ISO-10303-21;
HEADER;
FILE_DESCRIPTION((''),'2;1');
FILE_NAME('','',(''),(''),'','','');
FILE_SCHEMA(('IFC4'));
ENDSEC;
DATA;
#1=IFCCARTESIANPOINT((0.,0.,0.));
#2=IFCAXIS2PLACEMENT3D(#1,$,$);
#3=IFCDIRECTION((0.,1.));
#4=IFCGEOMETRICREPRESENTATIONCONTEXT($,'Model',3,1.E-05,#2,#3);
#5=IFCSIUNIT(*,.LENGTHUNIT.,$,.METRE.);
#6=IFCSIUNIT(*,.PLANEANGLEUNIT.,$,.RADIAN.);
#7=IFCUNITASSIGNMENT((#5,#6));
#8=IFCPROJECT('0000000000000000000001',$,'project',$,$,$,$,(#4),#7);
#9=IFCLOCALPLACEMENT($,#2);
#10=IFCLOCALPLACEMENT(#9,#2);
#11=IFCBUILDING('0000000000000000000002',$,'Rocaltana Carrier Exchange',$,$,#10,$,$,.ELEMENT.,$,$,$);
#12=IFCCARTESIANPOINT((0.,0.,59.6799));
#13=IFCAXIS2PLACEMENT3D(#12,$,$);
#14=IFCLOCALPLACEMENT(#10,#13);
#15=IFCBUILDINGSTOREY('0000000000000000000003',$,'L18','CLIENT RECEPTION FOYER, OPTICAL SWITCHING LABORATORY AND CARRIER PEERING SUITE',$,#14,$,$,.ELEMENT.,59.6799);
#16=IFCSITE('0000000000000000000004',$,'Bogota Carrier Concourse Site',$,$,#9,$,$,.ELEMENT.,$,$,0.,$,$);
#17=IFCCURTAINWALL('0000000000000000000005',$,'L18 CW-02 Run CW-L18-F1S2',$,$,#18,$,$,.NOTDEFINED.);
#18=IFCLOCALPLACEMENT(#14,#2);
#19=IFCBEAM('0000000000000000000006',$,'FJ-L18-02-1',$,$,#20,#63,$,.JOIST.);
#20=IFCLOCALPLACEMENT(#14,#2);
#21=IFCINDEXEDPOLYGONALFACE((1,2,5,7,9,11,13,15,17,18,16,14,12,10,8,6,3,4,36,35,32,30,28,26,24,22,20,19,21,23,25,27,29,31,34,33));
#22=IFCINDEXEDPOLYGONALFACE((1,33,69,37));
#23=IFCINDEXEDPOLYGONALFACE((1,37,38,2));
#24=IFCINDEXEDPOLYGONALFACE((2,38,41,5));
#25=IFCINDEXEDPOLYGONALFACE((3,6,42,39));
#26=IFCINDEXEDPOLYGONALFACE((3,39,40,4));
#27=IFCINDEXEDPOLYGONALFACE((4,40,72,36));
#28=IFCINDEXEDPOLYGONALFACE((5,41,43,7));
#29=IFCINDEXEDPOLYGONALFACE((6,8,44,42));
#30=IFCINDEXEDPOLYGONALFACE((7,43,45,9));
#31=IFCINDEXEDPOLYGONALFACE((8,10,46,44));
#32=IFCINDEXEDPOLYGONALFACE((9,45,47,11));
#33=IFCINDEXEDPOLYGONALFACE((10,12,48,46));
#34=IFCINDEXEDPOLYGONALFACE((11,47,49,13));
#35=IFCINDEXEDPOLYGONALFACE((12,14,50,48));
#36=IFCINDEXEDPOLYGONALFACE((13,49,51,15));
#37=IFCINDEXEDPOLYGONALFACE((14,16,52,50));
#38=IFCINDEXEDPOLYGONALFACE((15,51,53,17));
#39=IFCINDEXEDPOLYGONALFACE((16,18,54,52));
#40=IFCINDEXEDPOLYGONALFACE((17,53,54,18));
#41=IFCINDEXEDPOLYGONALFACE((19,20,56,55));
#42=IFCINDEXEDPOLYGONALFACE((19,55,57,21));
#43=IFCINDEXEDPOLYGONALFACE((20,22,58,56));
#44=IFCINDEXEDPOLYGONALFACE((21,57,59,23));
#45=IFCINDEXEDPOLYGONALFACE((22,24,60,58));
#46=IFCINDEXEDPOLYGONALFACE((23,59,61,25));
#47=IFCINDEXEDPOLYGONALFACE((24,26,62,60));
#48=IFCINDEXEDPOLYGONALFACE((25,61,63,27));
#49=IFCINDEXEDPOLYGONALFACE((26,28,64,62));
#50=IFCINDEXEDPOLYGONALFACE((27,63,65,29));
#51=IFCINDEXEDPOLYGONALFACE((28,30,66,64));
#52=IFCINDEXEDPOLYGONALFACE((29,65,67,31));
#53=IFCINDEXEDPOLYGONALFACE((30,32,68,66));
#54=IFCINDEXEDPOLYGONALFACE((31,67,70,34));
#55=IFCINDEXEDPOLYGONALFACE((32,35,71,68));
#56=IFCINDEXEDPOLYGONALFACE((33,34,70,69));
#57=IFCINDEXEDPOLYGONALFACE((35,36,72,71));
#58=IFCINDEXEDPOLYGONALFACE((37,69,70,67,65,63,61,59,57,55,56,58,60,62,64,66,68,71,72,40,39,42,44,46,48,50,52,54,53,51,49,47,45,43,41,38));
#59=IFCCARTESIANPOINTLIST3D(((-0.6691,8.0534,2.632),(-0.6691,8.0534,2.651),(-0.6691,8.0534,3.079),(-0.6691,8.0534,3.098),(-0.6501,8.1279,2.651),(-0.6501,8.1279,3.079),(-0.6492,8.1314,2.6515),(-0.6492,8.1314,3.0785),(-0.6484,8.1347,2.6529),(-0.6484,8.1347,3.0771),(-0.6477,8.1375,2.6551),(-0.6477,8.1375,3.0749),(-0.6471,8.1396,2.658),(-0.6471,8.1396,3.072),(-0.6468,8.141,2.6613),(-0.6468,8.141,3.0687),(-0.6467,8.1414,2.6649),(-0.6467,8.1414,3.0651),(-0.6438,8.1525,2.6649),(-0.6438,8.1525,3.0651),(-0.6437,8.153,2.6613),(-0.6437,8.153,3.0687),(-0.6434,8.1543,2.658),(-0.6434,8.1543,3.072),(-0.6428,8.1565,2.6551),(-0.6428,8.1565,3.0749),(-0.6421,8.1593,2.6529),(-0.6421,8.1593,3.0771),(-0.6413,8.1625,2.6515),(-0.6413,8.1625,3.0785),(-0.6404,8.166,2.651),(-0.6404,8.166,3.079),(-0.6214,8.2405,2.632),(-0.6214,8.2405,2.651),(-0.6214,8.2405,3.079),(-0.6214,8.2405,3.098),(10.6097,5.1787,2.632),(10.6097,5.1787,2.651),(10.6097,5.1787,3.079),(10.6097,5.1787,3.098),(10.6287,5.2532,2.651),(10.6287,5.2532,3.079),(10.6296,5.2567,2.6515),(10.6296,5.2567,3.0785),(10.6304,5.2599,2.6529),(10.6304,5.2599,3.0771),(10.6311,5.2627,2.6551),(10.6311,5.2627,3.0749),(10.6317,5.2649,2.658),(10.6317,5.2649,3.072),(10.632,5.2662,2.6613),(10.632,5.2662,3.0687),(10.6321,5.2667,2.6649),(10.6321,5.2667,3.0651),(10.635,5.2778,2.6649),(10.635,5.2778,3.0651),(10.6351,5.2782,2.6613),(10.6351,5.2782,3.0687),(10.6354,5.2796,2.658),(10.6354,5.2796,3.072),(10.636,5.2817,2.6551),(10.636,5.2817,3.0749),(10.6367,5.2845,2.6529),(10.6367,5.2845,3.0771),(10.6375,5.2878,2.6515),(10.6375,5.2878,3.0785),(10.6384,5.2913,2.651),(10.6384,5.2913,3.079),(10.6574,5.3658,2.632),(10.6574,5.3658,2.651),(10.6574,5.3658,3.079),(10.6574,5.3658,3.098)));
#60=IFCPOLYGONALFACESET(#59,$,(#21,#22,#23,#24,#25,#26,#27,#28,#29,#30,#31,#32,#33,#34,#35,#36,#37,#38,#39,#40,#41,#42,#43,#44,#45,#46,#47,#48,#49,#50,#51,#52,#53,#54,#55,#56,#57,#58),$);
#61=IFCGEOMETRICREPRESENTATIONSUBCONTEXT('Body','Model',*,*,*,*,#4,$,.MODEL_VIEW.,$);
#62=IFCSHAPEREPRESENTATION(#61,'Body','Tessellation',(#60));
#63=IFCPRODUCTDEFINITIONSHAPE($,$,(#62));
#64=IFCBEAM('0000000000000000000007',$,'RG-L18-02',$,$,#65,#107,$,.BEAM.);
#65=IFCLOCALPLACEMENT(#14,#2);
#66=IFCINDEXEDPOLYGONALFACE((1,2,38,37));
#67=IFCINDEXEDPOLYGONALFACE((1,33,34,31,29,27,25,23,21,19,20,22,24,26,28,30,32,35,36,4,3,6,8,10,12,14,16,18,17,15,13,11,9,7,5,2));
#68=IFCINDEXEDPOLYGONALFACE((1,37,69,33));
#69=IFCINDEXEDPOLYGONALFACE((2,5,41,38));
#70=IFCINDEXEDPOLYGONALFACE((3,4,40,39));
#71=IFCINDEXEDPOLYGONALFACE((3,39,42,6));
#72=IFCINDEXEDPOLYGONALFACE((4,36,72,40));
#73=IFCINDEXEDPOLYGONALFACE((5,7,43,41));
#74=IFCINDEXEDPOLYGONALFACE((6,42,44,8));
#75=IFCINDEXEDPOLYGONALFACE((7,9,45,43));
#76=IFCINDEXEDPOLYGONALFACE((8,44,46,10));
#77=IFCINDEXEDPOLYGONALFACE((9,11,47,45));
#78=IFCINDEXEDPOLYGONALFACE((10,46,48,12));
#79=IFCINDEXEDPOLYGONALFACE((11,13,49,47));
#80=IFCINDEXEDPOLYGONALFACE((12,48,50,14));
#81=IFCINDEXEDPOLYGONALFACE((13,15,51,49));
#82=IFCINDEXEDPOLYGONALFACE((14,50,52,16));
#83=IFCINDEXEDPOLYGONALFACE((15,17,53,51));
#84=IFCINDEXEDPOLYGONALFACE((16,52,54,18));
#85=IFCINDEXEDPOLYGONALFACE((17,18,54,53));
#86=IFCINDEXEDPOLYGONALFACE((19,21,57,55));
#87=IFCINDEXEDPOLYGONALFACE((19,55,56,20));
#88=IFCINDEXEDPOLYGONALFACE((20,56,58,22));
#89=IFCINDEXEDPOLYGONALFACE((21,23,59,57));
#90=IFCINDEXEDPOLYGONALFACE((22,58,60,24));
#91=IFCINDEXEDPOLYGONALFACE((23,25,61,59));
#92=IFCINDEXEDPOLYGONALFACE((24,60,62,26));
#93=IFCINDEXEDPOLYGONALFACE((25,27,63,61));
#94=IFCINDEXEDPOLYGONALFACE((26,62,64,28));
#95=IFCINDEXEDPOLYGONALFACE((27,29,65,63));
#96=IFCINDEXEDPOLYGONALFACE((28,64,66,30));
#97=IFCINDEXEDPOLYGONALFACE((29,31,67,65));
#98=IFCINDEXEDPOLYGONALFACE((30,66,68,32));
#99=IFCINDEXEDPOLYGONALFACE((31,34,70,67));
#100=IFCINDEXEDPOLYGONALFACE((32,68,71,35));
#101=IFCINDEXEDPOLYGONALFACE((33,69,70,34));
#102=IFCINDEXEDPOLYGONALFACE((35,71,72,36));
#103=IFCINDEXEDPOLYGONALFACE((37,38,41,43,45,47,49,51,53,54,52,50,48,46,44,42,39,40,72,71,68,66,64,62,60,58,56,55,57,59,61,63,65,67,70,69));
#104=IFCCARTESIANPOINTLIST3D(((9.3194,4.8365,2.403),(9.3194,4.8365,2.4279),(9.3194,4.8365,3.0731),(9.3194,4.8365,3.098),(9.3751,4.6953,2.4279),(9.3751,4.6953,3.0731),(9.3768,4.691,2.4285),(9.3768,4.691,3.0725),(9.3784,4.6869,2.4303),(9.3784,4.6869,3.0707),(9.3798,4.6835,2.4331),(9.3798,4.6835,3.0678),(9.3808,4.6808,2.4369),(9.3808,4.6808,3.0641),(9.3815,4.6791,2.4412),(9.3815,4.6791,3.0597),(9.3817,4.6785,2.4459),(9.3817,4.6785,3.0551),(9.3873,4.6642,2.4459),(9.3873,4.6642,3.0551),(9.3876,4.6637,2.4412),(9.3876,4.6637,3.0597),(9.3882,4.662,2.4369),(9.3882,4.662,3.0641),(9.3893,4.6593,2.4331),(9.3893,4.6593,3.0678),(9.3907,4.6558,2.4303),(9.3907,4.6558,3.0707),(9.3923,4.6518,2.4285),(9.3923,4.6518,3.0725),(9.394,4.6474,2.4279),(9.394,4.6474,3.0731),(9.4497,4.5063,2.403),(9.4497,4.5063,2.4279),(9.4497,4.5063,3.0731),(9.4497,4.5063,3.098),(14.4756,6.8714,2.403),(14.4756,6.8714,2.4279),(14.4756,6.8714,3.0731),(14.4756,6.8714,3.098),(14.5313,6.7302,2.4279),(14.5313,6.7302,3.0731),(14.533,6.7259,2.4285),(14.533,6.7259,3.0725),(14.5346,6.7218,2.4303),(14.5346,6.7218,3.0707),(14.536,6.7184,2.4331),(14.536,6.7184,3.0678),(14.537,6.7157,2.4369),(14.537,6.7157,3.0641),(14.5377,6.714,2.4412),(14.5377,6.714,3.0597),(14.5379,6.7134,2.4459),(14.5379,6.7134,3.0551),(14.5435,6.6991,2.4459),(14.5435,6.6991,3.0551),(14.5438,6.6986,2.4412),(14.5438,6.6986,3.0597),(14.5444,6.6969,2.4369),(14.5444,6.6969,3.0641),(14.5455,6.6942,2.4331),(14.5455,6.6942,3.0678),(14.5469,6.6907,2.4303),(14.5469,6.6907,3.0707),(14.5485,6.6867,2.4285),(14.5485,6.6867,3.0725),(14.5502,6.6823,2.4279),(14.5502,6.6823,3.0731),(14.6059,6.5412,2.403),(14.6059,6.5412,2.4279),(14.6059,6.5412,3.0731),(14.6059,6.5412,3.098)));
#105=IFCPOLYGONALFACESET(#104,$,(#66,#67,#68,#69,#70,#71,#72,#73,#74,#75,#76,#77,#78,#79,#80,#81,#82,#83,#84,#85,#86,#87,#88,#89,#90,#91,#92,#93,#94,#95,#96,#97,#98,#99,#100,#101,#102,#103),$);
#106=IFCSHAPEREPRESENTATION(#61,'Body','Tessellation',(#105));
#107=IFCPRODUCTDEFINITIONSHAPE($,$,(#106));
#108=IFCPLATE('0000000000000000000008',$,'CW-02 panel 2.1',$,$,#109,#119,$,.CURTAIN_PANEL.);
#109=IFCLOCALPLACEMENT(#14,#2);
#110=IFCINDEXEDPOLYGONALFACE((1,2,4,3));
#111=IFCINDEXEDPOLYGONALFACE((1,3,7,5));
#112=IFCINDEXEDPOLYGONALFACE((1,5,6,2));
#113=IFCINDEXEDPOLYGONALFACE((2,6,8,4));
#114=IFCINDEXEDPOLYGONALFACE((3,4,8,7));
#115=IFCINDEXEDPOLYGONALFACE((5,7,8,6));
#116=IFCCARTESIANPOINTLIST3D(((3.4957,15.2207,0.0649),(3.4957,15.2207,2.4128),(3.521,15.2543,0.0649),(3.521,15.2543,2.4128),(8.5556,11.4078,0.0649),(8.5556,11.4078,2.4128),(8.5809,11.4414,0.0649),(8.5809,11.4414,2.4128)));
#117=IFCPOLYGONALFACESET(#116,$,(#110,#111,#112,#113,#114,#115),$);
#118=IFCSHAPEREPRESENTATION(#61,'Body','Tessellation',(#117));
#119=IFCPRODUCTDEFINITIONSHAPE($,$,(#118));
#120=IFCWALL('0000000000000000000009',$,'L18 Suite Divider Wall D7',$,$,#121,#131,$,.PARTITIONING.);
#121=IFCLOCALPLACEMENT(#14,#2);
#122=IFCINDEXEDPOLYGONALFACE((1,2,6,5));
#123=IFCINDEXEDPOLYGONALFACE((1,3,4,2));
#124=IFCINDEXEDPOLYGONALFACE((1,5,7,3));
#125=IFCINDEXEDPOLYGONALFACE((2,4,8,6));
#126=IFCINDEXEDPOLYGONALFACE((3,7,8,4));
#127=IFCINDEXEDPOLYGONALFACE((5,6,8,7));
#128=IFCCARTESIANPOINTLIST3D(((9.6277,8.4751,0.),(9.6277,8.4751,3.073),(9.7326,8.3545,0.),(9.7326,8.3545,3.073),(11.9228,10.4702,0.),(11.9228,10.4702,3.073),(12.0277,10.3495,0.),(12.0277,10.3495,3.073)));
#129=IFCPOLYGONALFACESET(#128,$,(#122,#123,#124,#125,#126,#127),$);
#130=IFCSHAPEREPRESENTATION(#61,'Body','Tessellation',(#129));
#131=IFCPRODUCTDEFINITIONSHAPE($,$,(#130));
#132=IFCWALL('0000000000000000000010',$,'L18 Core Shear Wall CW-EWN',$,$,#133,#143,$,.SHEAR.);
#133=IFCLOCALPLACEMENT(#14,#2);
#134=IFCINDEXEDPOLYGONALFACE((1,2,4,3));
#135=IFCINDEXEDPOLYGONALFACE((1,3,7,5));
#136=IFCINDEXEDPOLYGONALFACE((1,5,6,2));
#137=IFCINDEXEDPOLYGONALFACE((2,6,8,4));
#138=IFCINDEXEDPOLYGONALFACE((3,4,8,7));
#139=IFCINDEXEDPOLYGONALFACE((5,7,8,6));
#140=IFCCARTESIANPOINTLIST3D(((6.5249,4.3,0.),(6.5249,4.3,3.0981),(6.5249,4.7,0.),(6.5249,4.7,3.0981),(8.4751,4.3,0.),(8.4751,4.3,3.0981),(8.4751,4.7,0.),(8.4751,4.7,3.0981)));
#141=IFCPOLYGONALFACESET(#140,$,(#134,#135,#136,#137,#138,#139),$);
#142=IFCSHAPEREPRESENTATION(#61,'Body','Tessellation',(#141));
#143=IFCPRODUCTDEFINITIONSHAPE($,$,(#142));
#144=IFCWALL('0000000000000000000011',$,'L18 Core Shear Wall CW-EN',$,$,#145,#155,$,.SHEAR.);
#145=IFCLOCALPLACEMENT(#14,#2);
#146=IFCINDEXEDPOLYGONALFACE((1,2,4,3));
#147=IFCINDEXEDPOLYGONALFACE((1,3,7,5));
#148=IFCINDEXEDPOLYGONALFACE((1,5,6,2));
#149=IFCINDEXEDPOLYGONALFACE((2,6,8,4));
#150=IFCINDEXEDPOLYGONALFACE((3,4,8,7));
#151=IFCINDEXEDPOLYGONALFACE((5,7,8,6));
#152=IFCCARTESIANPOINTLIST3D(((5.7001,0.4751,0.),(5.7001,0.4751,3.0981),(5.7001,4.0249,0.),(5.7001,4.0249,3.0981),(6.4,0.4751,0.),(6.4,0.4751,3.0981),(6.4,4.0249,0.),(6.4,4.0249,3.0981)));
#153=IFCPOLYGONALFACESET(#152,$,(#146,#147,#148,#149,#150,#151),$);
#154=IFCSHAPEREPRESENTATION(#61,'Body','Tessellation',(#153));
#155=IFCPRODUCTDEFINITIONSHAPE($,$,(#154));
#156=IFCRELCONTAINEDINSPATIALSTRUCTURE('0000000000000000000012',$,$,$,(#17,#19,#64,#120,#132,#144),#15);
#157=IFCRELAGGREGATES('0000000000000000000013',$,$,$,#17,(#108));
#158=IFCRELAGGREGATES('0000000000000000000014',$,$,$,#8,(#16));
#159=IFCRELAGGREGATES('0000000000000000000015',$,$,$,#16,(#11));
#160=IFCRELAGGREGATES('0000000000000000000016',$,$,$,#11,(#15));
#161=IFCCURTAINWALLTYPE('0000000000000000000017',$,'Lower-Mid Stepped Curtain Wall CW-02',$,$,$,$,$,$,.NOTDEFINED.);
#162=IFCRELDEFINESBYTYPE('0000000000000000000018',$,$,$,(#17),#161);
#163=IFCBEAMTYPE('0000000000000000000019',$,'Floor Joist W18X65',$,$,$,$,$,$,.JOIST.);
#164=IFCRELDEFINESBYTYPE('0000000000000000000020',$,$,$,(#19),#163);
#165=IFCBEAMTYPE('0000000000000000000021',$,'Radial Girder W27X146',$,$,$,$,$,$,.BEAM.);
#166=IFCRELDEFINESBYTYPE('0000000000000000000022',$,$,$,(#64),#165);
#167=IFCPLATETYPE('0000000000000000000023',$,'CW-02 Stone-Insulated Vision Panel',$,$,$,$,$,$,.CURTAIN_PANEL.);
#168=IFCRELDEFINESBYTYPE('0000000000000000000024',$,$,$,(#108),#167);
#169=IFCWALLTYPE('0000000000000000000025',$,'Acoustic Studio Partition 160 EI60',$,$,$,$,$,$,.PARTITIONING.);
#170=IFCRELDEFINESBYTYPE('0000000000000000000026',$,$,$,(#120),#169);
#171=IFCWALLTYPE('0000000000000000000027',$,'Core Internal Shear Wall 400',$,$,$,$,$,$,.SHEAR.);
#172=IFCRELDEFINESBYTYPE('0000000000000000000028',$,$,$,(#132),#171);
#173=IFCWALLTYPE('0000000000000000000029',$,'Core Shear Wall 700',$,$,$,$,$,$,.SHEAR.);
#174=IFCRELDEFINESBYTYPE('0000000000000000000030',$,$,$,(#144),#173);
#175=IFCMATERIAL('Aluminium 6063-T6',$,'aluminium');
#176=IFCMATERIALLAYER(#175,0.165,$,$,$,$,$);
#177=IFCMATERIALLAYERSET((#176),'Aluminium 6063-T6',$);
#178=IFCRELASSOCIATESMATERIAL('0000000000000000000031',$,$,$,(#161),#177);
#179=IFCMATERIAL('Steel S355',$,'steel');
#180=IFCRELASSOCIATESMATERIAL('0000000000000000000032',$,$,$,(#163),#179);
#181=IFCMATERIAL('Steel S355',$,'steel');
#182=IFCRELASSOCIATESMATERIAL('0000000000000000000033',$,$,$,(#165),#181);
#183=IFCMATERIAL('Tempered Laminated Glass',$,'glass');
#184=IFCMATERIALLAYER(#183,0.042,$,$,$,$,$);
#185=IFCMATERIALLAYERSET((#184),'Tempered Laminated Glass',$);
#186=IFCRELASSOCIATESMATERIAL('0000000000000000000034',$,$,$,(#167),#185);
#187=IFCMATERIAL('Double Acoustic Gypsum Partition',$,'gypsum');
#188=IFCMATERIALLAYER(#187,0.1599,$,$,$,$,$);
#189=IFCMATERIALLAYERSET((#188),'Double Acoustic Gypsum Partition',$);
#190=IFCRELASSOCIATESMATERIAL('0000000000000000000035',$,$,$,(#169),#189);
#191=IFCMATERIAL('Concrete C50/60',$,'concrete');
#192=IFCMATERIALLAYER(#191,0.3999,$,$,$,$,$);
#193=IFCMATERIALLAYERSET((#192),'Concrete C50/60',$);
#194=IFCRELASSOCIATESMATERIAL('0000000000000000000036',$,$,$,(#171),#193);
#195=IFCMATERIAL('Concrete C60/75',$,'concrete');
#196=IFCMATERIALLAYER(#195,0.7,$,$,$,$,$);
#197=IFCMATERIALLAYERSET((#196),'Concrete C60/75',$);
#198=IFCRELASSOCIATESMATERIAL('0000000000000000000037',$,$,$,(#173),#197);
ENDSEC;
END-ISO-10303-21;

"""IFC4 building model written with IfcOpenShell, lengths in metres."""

from ifc_helpers import new_model, si_unit, direction, frame, frame_2d, origin, origin_2d, place, context, subcontext, project, spatial, rectangle, i_section, extrude, material, layer, layer_set, material_profile, profile_set, type_object, element, aggregate, save


model = new_model("IFC4")

# Units and contexts
model_context = context("Model", 3, precision=1e-05, world=origin(), true_north=direction((0.0, 1.0)))
body_context = subcontext(model_context, "Body", "Model", "MODEL_VIEW")
ifc_project = project(units=[si_unit("LENGTHUNIT", "METRE"), si_unit("PLANEANGLEUNIT", "RADIAN")], contexts=[model_context])

# Site, building, storey
site_placement = place(None, origin())
site = spatial("IfcSite", under=ifc_project, at=site_placement, Name="Bogota Carrier Concourse Site", CompositionType="ELEMENT", RefElevation=0.0)
building_placement = place(site_placement, origin())
building = spatial("IfcBuilding", under=site, at=building_placement, Name="Rocaltana Carrier Exchange", CompositionType="ELEMENT")
storey_placement = place(building_placement, frame((0.0, 0.0, 59.6799)))
storey = spatial("IfcBuildingStorey", under=building, at=storey_placement, Name="L18", Description="CLIENT RECEPTION FOYER, OPTICAL SWITCHING LABORATORY AND CARRIER PEERING SUITE", CompositionType="ELEMENT", Elevation=59.6799)

# Curtain wall
ifc_material_1 = material(Name="Aluminium 6063-T6", Category="aluminium")
ifc_layer_1 = layer(ifc_material_1, 0.165)
ifc_layer_set_1 = layer_set([ifc_layer_1], Name="Aluminium 6063-T6")
curtain_wall_type = type_object("IfcCurtainWallType", Name="Lower-Mid Stepped Curtain Wall CW-02", PredefinedType="NOTDEFINED", material=ifc_layer_set_1)
curtain_wall_placement = place(storey_placement, origin())
curtain_wall = element("IfcCurtainWall", 1, at=curtain_wall_placement, inside=storey, type_object=curtain_wall_type, Name="L18 CW-02 Run CW-L18-F1S2", PredefinedType="NOTDEFINED")

# Beams
ifc_material_2 = material(Name="Steel S355", Category="steel")
ifc_material_profile_1 = material_profile(ifc_material_2, i_section(OverallWidth=0.1931, OverallDepth=0.4661, WebThickness=0.0115, FlangeThickness=0.019, FilletRadius=0.0139, at=origin_2d()), Name="W18X65")
ifc_profile_set_1 = profile_set([ifc_material_profile_1], Name="Steel S355")
beam_type_1 = type_object("IfcBeamType", Name="Floor Joist W18X65", PredefinedType="JOIST", material=ifc_profile_set_1)
beam_1_placement = place(storey_placement, frame((10.6335, 5.2722, 2.865), z_axis=(-0.969019, 0.246985, 0.0), x_axis=(-0.246985, -0.969019, 0.0)))
element("IfcBeam", 2, at=beam_1_placement, inside=storey, type_object=beam_type_1, Name="FJ-L18-02-1", PredefinedType="JOIST", context=body_context, shape_type="SweptSolid", body=[
    extrude(i_section(OverallWidth=0.1931, OverallDepth=0.4661, WebThickness=0.0115, FlangeThickness=0.019, FilletRadius=0.0139, at=origin_2d()), origin(), (0.0, 0.0, 1.0), 11.6394),
])
ifc_material_3 = material(Name="Steel S355", Category="steel")
ifc_material_profile_2 = material_profile(ifc_material_3, i_section(OverallWidth=0.355, OverallDepth=0.6951, WebThickness=0.0154, FlangeThickness=0.0249, FilletRadius=0.0181, at=origin_2d()), Name="W27X146")
ifc_profile_set_2 = profile_set([ifc_material_profile_2], Name="Steel S355")
beam_type_2 = type_object("IfcBeamType", Name="Radial Girder W27X146", PredefinedType="BEAM", material=ifc_profile_set_2)
beam_2_placement = place(storey_placement, frame((9.3845, 4.6714, 2.7505), z_axis=(0.930183, 0.367096, 0.0), x_axis=(-0.367096, 0.930183, 0.0)))
element("IfcBeam", 3, at=beam_2_placement, inside=storey, type_object=beam_type_2, Name="RG-L18-02", PredefinedType="BEAM", context=body_context, shape_type="SweptSolid", body=[
    extrude(i_section(OverallWidth=0.355, OverallDepth=0.6951, WebThickness=0.0154, FlangeThickness=0.0249, FilletRadius=0.0181, at=origin_2d()), origin(), (0.0, 0.0, 1.0), 5.5432),
])

# Plate
ifc_material_4 = material(Name="Tempered Laminated Glass", Category="glass")
ifc_layer_2 = layer(ifc_material_4, 0.042)
ifc_layer_set_2 = layer_set([ifc_layer_2], Name="Tempered Laminated Glass")
plate_type = type_object("IfcPlateType", Name="CW-02 Stone-Insulated Vision Panel", PredefinedType="CURTAIN_PANEL", material=ifc_layer_set_2)
plate_placement = place(storey_placement, frame((6.0383, 13.3311, 0.0649), z_axis=(0.0, 0.0, 1.0), x_axis=(-0.798635, 0.601815, 0.0)))
plate = element("IfcPlate", 4, at=plate_placement, type_object=plate_type, Name="CW-02 panel 2.1", PredefinedType="CURTAIN_PANEL", context=body_context, shape_type="SweptSolid", body=[
    extrude(rectangle(XDim=6.3357, YDim=0.042, at=origin_2d()), origin(), (0.0, 0.0, 1.0), 2.3479),
])
aggregate(curtain_wall, [plate])

# Walls
ifc_material_5 = material(Name="Double Acoustic Gypsum Partition", Category="gypsum")
ifc_layer_3 = layer(ifc_material_5, 0.1599)
ifc_layer_set_3 = layer_set([ifc_layer_3], Name="Double Acoustic Gypsum Partition")
wall_type_1 = type_object("IfcWallType", Name="Acoustic Studio Partition 160 EI60", PredefinedType="PARTITIONING", material=ifc_layer_set_3)
wall_1_placement = place(storey_placement, frame((9.6802, 8.4148, 0.0), z_axis=(0.0, 0.0, 1.0), x_axis=(0.754716, 0.656052, 0.0)))
element("IfcWall", 5, at=wall_1_placement, inside=storey, type_object=wall_type_1, Name="L18 Suite Divider Wall D7", PredefinedType="PARTITIONING", context=body_context, shape_type="SweptSolid", body=[
    extrude(rectangle(XDim=3.041, YDim=0.1599, at=frame_2d((1.5205, 0.0))), origin(), (0.0, 0.0, 1.0), 3.073),
])
ifc_material_6 = material(Name="Concrete C50/60", Category="concrete")
ifc_layer_4 = layer(ifc_material_6, 0.3999)
ifc_layer_set_4 = layer_set([ifc_layer_4], Name="Concrete C50/60")
wall_type_2 = type_object("IfcWallType", Name="Core Internal Shear Wall 400", PredefinedType="SHEAR", material=ifc_layer_set_4)
wall_2_placement = place(storey_placement, frame((6.5249, 4.5, 0.0), z_axis=(0.0, 0.0, 1.0), x_axis=(1.0, 0.0, 0.0)))
element("IfcWall", 6, at=wall_2_placement, inside=storey, type_object=wall_type_2, Name="L18 Core Shear Wall CW-EWN", PredefinedType="SHEAR", context=body_context, shape_type="SweptSolid", body=[
    extrude(rectangle(XDim=1.9502, YDim=0.3999, at=frame_2d((0.9751, 0.0))), origin(), (0.0, 0.0, 1.0), 3.0981),
])
ifc_material_7 = material(Name="Concrete C60/75", Category="concrete")
ifc_layer_5 = layer(ifc_material_7, 0.7)
ifc_layer_set_5 = layer_set([ifc_layer_5], Name="Concrete C60/75")
wall_type_3 = type_object("IfcWallType", Name="Core Shear Wall 700", PredefinedType="SHEAR", material=ifc_layer_set_5)
wall_3_placement = place(storey_placement, frame((6.05, 0.4751, 0.0), z_axis=(0.0, 0.0, 1.0), x_axis=(0.0, 1.0, 0.0)))
element("IfcWall", 7, at=wall_3_placement, inside=storey, type_object=wall_type_3, Name="L18 Core Shear Wall CW-EN", PredefinedType="SHEAR", context=body_context, shape_type="SweptSolid", body=[
    extrude(rectangle(XDim=3.5498, YDim=0.7, at=frame_2d((1.7749, 0.0))), origin(), (0.0, 0.0, 1.0), 3.0981),
])

save(model, "model.ifc")
